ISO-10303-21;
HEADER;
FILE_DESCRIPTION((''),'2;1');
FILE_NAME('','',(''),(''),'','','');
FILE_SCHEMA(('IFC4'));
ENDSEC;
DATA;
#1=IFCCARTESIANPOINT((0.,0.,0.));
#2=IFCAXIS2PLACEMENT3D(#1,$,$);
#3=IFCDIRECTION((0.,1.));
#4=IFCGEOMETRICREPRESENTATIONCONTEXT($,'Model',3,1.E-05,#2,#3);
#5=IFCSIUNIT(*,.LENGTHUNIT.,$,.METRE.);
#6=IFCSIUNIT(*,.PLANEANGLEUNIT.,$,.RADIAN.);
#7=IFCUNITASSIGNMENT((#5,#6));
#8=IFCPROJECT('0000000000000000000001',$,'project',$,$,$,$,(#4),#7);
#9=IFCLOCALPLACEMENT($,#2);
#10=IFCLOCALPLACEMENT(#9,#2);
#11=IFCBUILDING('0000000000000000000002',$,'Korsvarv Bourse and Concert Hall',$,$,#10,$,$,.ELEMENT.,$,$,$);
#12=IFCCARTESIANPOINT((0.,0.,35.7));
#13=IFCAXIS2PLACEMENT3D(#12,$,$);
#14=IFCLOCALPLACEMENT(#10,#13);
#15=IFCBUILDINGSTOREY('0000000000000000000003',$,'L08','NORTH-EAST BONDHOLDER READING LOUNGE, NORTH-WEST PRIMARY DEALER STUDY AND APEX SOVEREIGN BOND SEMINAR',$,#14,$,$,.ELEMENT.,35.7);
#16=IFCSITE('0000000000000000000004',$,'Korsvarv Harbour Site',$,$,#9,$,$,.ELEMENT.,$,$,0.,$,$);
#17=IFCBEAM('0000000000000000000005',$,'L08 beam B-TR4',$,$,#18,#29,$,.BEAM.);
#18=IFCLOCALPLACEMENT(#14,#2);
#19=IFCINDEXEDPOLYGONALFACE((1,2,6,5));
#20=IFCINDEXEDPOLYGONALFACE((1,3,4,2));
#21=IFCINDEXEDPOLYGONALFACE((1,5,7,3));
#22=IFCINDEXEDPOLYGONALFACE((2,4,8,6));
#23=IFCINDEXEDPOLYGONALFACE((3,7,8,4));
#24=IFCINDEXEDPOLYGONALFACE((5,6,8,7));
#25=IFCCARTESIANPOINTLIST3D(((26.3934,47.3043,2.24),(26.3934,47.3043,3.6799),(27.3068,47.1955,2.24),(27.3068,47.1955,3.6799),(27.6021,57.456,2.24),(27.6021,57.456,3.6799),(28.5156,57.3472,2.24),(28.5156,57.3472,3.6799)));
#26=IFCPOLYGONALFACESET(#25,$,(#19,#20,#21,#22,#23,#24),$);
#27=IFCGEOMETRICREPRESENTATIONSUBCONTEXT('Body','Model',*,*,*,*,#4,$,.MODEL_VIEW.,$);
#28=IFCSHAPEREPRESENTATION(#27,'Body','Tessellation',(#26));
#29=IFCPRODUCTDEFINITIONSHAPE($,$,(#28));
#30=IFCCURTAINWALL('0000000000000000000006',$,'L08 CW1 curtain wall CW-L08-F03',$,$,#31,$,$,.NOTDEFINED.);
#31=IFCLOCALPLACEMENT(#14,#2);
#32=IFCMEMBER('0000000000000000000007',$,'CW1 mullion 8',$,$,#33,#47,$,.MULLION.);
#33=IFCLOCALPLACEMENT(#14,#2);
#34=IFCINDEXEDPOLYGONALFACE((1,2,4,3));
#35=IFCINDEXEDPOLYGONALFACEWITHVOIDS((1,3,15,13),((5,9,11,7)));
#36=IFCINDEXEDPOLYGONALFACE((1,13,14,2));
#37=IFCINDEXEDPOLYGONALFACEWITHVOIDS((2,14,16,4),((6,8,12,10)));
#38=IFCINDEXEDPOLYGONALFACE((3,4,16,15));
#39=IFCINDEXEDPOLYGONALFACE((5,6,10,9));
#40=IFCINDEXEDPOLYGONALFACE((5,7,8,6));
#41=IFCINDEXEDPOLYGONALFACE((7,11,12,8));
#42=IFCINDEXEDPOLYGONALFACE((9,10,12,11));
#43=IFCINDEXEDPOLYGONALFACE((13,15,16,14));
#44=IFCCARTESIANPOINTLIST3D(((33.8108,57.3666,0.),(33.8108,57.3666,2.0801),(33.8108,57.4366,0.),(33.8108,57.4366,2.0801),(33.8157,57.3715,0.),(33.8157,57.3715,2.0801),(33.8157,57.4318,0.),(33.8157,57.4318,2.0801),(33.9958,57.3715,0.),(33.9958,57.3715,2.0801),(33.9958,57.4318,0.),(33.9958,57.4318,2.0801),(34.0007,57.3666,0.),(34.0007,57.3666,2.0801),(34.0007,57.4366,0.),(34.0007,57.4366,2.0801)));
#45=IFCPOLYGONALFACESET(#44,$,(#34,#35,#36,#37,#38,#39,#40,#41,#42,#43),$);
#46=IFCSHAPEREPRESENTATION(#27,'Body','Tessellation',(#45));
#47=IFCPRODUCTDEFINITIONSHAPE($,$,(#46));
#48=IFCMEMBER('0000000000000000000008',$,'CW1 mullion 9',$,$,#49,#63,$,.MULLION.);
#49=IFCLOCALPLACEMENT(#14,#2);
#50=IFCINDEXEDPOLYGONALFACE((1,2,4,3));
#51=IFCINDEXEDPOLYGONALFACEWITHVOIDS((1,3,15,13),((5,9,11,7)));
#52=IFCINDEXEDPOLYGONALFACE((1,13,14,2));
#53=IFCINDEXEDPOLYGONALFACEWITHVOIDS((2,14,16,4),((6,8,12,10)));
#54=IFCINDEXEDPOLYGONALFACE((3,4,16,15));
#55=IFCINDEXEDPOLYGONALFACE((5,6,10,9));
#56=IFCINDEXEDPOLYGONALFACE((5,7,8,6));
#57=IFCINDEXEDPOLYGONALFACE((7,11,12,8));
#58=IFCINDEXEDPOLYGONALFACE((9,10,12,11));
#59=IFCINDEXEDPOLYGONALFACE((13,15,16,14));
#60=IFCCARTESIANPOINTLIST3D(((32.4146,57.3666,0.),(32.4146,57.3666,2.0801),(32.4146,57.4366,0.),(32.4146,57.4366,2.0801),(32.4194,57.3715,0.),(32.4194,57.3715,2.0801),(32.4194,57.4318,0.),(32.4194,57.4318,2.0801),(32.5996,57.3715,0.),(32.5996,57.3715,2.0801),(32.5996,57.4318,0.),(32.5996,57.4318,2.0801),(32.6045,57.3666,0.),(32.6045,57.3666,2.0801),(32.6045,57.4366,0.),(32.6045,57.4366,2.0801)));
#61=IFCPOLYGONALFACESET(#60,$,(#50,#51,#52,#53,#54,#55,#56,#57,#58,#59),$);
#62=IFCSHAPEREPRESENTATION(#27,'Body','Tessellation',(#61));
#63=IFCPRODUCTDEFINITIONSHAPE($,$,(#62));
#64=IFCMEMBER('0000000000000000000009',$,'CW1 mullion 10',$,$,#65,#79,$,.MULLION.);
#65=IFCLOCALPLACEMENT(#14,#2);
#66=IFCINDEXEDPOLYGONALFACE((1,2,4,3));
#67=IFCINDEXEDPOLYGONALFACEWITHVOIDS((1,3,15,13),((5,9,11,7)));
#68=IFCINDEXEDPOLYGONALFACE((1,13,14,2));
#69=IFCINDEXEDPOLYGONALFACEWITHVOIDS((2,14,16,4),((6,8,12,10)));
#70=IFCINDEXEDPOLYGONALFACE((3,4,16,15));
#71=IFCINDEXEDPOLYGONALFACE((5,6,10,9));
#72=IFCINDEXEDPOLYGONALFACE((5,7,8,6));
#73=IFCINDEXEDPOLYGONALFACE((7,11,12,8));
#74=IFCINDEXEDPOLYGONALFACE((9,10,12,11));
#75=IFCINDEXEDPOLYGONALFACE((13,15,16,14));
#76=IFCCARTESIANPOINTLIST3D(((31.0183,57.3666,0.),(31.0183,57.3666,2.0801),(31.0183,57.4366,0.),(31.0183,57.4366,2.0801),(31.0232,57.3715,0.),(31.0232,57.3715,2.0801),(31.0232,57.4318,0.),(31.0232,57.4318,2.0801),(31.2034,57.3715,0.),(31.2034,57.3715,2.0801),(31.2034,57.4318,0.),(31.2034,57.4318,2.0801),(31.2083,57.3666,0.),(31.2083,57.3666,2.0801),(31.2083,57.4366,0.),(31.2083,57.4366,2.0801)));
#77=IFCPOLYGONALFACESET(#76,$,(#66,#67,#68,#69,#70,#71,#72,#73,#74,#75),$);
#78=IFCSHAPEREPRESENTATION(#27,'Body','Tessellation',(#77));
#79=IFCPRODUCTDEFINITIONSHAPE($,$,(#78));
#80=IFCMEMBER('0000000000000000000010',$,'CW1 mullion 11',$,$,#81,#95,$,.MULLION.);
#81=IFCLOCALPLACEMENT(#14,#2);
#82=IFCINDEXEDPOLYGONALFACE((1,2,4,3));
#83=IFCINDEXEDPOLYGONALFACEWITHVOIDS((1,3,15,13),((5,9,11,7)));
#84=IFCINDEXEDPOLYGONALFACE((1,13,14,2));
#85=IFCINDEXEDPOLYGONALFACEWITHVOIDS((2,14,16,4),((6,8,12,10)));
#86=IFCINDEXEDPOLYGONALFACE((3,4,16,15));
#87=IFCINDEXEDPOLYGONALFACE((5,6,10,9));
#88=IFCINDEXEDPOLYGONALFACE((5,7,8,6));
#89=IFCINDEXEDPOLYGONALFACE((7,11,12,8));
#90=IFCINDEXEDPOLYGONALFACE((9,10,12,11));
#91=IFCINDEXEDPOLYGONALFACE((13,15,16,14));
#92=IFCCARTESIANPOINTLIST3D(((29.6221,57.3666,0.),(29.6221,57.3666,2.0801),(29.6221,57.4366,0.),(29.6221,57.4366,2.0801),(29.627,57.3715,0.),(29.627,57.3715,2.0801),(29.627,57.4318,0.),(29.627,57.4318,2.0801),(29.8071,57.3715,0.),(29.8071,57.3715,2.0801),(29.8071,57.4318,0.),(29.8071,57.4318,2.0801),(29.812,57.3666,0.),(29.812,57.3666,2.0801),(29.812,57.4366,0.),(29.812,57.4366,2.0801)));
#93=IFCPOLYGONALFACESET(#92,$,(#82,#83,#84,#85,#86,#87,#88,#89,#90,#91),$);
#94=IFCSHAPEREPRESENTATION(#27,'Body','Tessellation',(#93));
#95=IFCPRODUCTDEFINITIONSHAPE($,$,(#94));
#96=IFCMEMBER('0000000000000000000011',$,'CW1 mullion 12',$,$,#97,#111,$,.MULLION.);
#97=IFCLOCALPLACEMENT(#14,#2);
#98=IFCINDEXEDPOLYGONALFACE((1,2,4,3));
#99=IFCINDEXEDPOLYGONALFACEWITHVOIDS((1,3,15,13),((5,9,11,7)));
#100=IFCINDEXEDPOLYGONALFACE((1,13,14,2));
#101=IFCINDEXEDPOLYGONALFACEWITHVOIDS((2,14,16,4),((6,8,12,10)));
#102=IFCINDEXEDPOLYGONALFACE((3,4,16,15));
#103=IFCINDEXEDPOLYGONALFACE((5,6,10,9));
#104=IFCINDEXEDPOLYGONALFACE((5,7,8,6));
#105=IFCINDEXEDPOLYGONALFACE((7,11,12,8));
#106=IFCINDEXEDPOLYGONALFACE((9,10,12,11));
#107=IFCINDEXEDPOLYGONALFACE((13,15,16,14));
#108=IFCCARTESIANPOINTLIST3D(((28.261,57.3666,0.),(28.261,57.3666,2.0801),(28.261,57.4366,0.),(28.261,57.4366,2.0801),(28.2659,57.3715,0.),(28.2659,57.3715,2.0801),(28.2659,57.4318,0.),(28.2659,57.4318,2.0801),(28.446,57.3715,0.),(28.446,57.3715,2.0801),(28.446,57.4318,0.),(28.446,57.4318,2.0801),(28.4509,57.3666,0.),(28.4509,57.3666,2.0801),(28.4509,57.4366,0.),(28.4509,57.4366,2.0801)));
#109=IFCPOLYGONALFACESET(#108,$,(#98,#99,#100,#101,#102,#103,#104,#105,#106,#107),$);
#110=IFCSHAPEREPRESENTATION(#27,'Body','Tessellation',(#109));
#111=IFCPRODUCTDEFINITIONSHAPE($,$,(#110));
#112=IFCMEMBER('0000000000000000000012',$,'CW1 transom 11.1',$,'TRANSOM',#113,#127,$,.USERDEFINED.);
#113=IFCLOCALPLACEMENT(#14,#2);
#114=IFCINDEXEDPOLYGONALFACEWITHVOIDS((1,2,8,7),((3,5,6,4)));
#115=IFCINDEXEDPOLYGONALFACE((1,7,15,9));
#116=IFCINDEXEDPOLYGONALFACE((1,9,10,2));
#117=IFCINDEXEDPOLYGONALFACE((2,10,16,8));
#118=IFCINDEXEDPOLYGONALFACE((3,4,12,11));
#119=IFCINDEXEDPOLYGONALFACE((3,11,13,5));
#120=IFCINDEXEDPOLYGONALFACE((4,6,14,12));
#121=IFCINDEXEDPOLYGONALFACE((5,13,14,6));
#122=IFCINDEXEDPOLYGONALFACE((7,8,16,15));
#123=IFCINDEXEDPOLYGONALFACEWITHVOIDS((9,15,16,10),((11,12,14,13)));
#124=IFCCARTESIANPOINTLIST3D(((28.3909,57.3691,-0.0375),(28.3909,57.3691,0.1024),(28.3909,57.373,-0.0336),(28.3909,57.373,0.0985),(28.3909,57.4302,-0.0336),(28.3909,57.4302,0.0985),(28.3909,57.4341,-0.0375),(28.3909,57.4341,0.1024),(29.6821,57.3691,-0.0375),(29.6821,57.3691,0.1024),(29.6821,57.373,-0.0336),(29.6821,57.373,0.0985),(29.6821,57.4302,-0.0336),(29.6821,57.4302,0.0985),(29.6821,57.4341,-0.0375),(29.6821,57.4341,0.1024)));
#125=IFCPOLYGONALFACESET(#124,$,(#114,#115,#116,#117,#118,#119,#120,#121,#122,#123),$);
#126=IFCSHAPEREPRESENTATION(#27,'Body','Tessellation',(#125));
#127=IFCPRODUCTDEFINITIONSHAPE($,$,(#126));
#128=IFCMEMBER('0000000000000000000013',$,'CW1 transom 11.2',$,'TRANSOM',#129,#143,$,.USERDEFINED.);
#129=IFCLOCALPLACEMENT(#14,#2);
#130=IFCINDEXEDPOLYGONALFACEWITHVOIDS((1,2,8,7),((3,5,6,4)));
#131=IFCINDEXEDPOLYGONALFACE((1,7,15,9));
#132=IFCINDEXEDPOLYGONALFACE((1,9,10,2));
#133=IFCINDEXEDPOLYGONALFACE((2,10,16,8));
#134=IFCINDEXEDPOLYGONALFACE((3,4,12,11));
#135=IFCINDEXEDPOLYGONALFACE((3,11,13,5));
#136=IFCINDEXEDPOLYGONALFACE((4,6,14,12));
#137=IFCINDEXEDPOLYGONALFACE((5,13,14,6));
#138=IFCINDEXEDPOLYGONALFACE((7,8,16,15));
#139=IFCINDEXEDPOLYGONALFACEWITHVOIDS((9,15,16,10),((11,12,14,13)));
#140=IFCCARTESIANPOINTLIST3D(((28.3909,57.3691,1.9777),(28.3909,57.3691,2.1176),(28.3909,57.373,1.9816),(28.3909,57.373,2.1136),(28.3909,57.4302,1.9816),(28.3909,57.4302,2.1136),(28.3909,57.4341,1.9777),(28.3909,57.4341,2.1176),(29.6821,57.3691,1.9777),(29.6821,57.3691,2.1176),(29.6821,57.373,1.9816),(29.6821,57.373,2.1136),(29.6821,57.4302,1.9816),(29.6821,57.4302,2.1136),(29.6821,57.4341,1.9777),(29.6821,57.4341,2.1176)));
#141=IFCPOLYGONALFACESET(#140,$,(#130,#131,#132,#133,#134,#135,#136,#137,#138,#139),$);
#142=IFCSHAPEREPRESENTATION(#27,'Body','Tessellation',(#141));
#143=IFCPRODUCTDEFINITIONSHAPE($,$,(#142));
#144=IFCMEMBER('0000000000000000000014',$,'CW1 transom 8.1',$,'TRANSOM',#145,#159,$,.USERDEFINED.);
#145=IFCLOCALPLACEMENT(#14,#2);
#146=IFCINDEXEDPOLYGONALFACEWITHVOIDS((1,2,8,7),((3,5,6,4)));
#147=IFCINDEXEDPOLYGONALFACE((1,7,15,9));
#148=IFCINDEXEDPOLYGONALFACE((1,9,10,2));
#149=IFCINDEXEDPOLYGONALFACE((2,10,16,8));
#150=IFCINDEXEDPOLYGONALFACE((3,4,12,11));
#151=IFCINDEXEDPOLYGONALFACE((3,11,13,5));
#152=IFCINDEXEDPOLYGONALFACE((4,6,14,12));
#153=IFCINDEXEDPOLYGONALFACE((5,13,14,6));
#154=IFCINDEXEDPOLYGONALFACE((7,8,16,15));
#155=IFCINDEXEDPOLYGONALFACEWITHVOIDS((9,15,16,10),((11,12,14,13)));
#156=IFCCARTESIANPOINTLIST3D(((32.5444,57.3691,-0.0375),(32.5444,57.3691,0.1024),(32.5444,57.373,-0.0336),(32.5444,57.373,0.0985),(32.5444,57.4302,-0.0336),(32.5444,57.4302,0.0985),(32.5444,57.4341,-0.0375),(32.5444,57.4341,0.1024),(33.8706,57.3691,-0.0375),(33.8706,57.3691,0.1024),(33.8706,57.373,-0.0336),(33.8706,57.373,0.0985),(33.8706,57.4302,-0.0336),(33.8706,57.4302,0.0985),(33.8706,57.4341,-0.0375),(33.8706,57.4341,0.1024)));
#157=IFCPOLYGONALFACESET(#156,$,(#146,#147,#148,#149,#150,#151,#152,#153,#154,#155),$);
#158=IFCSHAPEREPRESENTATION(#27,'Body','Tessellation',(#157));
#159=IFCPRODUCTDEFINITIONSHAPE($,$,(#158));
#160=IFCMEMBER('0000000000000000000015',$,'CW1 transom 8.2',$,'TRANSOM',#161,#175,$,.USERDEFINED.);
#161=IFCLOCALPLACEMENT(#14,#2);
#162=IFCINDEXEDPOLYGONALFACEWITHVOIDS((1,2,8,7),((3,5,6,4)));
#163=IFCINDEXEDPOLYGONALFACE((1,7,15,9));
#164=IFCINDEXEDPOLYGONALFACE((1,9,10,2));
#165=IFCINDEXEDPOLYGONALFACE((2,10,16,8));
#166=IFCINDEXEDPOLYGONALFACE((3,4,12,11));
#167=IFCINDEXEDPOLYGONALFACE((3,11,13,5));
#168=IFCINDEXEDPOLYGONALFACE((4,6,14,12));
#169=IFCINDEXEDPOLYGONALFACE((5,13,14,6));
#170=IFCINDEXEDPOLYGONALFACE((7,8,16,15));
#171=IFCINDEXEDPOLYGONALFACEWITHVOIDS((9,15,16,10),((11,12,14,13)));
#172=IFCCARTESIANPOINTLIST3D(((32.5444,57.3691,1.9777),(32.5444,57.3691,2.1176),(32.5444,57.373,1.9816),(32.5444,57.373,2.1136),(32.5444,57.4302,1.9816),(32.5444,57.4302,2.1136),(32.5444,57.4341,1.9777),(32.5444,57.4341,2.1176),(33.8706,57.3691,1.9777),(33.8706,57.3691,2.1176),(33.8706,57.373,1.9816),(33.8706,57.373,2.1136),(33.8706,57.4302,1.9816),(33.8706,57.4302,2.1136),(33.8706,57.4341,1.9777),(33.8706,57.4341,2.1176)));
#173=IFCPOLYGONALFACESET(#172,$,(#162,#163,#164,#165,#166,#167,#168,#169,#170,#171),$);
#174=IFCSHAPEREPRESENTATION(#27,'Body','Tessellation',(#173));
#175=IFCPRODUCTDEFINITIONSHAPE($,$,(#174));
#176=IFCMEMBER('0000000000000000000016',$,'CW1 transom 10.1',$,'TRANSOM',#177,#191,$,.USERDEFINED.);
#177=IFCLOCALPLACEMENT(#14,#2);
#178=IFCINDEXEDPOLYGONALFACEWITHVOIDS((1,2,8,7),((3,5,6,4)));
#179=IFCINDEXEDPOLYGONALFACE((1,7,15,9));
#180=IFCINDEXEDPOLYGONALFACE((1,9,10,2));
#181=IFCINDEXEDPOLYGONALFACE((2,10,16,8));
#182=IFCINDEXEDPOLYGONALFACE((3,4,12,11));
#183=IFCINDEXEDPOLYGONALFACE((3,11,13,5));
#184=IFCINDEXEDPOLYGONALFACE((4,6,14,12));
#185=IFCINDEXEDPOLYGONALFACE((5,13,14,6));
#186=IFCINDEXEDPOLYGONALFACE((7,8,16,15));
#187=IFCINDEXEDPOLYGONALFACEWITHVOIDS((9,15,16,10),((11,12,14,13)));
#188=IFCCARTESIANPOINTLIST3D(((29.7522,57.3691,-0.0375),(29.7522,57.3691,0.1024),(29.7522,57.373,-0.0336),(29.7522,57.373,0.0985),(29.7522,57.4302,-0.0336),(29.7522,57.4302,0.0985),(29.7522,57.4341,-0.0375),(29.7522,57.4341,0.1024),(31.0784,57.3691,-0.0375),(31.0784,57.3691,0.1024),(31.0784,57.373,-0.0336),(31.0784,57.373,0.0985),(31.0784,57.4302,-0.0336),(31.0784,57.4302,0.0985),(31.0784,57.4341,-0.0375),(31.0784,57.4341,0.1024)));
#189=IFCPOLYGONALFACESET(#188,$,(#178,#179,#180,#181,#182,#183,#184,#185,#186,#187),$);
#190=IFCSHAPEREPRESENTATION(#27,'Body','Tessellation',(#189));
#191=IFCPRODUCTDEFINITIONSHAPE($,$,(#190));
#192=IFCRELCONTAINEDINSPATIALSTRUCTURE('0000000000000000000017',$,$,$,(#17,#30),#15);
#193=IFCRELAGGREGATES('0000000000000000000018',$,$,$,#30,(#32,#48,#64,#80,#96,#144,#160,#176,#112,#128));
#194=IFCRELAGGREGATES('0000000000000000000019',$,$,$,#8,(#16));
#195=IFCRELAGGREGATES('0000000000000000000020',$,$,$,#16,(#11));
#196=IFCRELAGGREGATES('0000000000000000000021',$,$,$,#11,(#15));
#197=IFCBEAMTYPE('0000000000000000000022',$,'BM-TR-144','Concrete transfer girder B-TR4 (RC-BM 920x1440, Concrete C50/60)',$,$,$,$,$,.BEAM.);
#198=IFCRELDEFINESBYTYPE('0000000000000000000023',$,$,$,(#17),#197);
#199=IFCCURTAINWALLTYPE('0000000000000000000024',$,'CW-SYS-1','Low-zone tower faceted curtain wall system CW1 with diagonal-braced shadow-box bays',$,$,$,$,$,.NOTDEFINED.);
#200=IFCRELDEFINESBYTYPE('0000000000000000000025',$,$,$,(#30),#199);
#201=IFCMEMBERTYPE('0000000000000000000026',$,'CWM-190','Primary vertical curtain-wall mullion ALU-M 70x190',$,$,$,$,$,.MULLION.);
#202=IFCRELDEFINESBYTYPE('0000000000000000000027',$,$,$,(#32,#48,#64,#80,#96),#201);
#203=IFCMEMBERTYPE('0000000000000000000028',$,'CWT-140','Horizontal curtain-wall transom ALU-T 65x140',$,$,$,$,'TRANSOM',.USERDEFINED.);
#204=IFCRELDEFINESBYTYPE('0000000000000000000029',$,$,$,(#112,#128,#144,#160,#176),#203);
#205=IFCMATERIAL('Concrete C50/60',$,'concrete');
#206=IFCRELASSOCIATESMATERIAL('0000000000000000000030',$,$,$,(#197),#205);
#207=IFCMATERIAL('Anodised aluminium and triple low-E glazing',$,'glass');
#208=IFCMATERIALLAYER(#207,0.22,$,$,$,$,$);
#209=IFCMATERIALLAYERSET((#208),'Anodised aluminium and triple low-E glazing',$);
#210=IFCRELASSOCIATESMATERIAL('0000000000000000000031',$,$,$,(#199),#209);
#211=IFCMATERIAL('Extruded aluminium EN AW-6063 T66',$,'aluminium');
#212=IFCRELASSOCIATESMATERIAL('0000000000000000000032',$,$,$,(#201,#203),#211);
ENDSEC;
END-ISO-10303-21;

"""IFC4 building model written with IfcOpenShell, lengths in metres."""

from ifc_helpers import new_model, si_unit, direction, frame, origin, origin_2d, place, context, subcontext, project, spatial, rectangle, hollow_rectangle, extrude, source, transform, mapped, material, layer, layer_set, material_profile, profile_set, type_object, element, aggregate, save


model = new_model("IFC4")

# Units and contexts
model_context = context("Model", 3, precision=1e-05, world=origin(), true_north=direction((0.0, 1.0)))
body_context = subcontext(model_context, "Body", "Model", "MODEL_VIEW")
ifc_project = project(units=[si_unit("LENGTHUNIT", "METRE"), si_unit("PLANEANGLEUNIT", "RADIAN")], contexts=[model_context])

# Site, building, storey
site_placement = place(None, origin())
site = spatial("IfcSite", under=ifc_project, at=site_placement, Name="Korsvarv Harbour Site", CompositionType="ELEMENT", RefElevation=0.0)
building_placement = place(site_placement, origin())
building = spatial("IfcBuilding", under=site, at=building_placement, Name="Korsvarv Bourse and Concert Hall", CompositionType="ELEMENT")
storey_placement = place(building_placement, frame((0.0, 0.0, 35.7)))
storey = spatial("IfcBuildingStorey", under=building, at=storey_placement, Name="L08", Description="NORTH-EAST BONDHOLDER READING LOUNGE, NORTH-WEST PRIMARY DEALER STUDY AND APEX SOVEREIGN BOND SEMINAR", CompositionType="ELEMENT", Elevation=35.7)

# Beam
ifc_material_1 = material(Name="Concrete C50/60", Category="concrete")
ifc_material_profile_1 = material_profile(ifc_material_1, rectangle(XDim=0.9199, YDim=1.4399, at=origin_2d()), Name="RC-BM 920x1440")
ifc_profile_set_1 = profile_set([ifc_material_profile_1], Name="Concrete C50/60")
beam_type = type_object("IfcBeamType", Name="BM-TR-144", Description="Concrete transfer girder B-TR4 (RC-BM 920x1440, Concrete C50/60)", PredefinedType="BEAM", material=ifc_profile_set_1)
shared_shape_1 = source(origin(), body_context, "Body", "SweptSolid", [
    extrude(rectangle(XDim=0.9199, YDim=1.4399, at=origin_2d()), origin(), (0.0, 0.0, 1.0), 10.2234),
])
beam_placement = place(storey_placement, frame((28.0588, 57.4016, 2.96), z_axis=(-0.118234, -0.992986, 0.0), x_axis=(0.992986, -0.118234, 0.0)))
element("IfcBeam", 1, at=beam_placement, inside=storey, type_object=beam_type, Name="L08 beam B-TR4", PredefinedType="BEAM", context=body_context, shape_type="MappedRepresentation", body=[
    mapped(shared_shape_1, transform((0.0, 0.0, 0.0), scale=1.0)),
])

# Curtain wall, members
ifc_material_2 = material(Name="Anodised aluminium and triple low-E glazing", Category="glass")
ifc_layer_1 = layer(ifc_material_2, 0.22)
ifc_layer_set_1 = layer_set([ifc_layer_1], Name="Anodised aluminium and triple low-E glazing")
curtain_wall_type = type_object("IfcCurtainWallType", Name="CW-SYS-1", Description="Low-zone tower faceted curtain wall system CW1 with diagonal-braced shadow-box bays", PredefinedType="NOTDEFINED", material=ifc_layer_set_1)
curtain_wall_placement = place(storey_placement, origin())
curtain_wall = element("IfcCurtainWall", 2, at=curtain_wall_placement, inside=storey, type_object=curtain_wall_type, Name="L08 CW1 curtain wall CW-L08-F03", PredefinedType="NOTDEFINED")
ifc_material_3 = material(Name="Extruded aluminium EN AW-6063 T66", Category="aluminium")
ifc_material_profile_2 = material_profile(ifc_material_3, hollow_rectangle(XDim=0.0701, YDim=0.1899, WallThickness=0.0049, at=origin_2d()), Name="ALU-M 70x190")
ifc_profile_set_2 = profile_set([ifc_material_profile_2], Name="Extruded aluminium EN AW-6063 T66")
member_type_1 = type_object("IfcMemberType", Name="CWM-190", Description="Primary vertical curtain-wall mullion ALU-M 70x190", PredefinedType="MULLION", material=ifc_profile_set_2)
shared_shape_2 = source(origin(), body_context, "Body", "SweptSolid", [
    extrude(hollow_rectangle(XDim=0.0701, YDim=0.1899, WallThickness=0.0049, at=origin_2d()), origin(), (0.0, 0.0, 1.0), 2.0801),
])
member_1_placement = place(storey_placement, frame((33.9058, 57.4016, 0.0), z_axis=(0.0, 0.0, 1.0), x_axis=(0.0, -1.0, 0.0)))
member_1 = element("IfcMember", 3, at=member_1_placement, type_object=member_type_1, Name="CW1 mullion 8", PredefinedType="MULLION", context=body_context, shape_type="MappedRepresentation", body=[
    mapped(shared_shape_2, transform((0.0, 0.0, 0.0), scale=1.0)),
])
member_2_placement = place(storey_placement, frame((32.5095, 57.4016, 0.0), z_axis=(0.0, 0.0, 1.0), x_axis=(0.0, -1.0, 0.0)))
member_2 = element("IfcMember", 4, at=member_2_placement, type_object=member_type_1, Name="CW1 mullion 9", PredefinedType="MULLION", context=body_context, shape_type="MappedRepresentation", body=[
    mapped(shared_shape_2, transform((0.0, 0.0, 0.0), scale=1.0)),
])
member_3_placement = place(storey_placement, frame((31.1133, 57.4016, 0.0), z_axis=(0.0, 0.0, 1.0), x_axis=(0.0, -1.0, 0.0)))
member_3 = element("IfcMember", 5, at=member_3_placement, type_object=member_type_1, Name="CW1 mullion 10", PredefinedType="MULLION", context=body_context, shape_type="MappedRepresentation", body=[
    mapped(shared_shape_2, transform((0.0, 0.0, 0.0), scale=1.0)),
])
member_4_placement = place(storey_placement, frame((29.717, 57.4016, 0.0), z_axis=(0.0, 0.0, 1.0), x_axis=(0.0, -1.0, 0.0)))
member_4 = element("IfcMember", 6, at=member_4_placement, type_object=member_type_1, Name="CW1 mullion 11", PredefinedType="MULLION", context=body_context, shape_type="MappedRepresentation", body=[
    mapped(shared_shape_2, transform((0.0, 0.0, 0.0), scale=1.0)),
])
member_5_placement = place(storey_placement, frame((28.356, 57.4016, 0.0), z_axis=(0.0, 0.0, 1.0), x_axis=(0.0, -1.0, 0.0)))
member_5 = element("IfcMember", 7, at=member_5_placement, type_object=member_type_1, Name="CW1 mullion 12", PredefinedType="MULLION", context=body_context, shape_type="MappedRepresentation", body=[
    mapped(shared_shape_2, transform((0.0, 0.0, 0.0), scale=1.0)),
])
ifc_material_profile_3 = material_profile(ifc_material_3, hollow_rectangle(XDim=0.0649, YDim=0.1399, WallThickness=0.0039, at=origin_2d()), Name="ALU-T 65x140")
ifc_profile_set_3 = profile_set([ifc_material_profile_3], Name="Extruded aluminium EN AW-6063 T66")
member_type_2 = type_object("IfcMemberType", Name="CWT-140", Description="Horizontal curtain-wall transom ALU-T 65x140", ElementType="TRANSOM", PredefinedType="USERDEFINED", material=ifc_profile_set_3)
shared_shape_3 = source(origin(), body_context, "Body", "SweptSolid", [
    extrude(hollow_rectangle(XDim=0.0649, YDim=0.1399, WallThickness=0.0039, at=origin_2d()), origin(), (0.0, 0.0, 1.0), 1.2913),
])
member_6_placement = place(storey_placement, frame((29.6821, 57.4016, 0.0325), z_axis=(-1.0, 0.0, 0.0), x_axis=(0.0, -1.0, 0.0)))
member_6 = element("IfcMember", 8, at=member_6_placement, type_object=member_type_2, Name="CW1 transom 11.1", ObjectType="TRANSOM", PredefinedType="USERDEFINED", context=body_context, shape_type="MappedRepresentation", body=[
    mapped(shared_shape_3, transform((0.0, 0.0, 0.0), scale=1.0)),
])
member_7_placement = place(storey_placement, frame((29.6821, 57.4016, 2.0476), z_axis=(-1.0, 0.0, 0.0), x_axis=(0.0, -1.0, 0.0)))
member_7 = element("IfcMember", 9, at=member_7_placement, type_object=member_type_2, Name="CW1 transom 11.2", ObjectType="TRANSOM", PredefinedType="USERDEFINED", context=body_context, shape_type="MappedRepresentation", body=[
    mapped(shared_shape_3, transform((0.0, 0.0, 0.0), scale=1.0)),
])
shared_shape_4 = source(origin(), body_context, "Body", "SweptSolid", [
    extrude(hollow_rectangle(XDim=0.0649, YDim=0.1399, WallThickness=0.0039, at=origin_2d()), origin(), (0.0, 0.0, 1.0), 1.3262),
])
member_8_placement = place(storey_placement, frame((33.8706, 57.4016, 0.0325), z_axis=(-1.0, 0.0, 0.0), x_axis=(0.0, -1.0, 0.0)))
member_8 = element("IfcMember", 10, at=member_8_placement, type_object=member_type_2, Name="CW1 transom 8.1", ObjectType="TRANSOM", PredefinedType="USERDEFINED", context=body_context, shape_type="MappedRepresentation", body=[
    mapped(shared_shape_4, transform((0.0, 0.0, 0.0), scale=1.0)),
])
member_9_placement = place(storey_placement, frame((33.8706, 57.4016, 2.0476), z_axis=(-1.0, 0.0, 0.0), x_axis=(0.0, -1.0, 0.0)))
member_9 = element("IfcMember", 11, at=member_9_placement, type_object=member_type_2, Name="CW1 transom 8.2", ObjectType="TRANSOM", PredefinedType="USERDEFINED", context=body_context, shape_type="MappedRepresentation", body=[
    mapped(shared_shape_4, transform((0.0, 0.0, 0.0), scale=1.0)),
])
member_10_placement = place(storey_placement, frame((31.0784, 57.4016, 0.0325), z_axis=(-1.0, 0.0, 0.0), x_axis=(0.0, -1.0, 0.0)))
member_10 = element("IfcMember", 12, at=member_10_placement, type_object=member_type_2, Name="CW1 transom 10.1", ObjectType="TRANSOM", PredefinedType="USERDEFINED", context=body_context, shape_type="MappedRepresentation", body=[
    mapped(shared_shape_4, transform((0.0, 0.0, 0.0), scale=1.0)),
])
aggregate(curtain_wall, [member_1, member_2, member_3, member_4, member_5, member_8, member_9, member_10, member_6, member_7])

save(model, "model.ifc")
